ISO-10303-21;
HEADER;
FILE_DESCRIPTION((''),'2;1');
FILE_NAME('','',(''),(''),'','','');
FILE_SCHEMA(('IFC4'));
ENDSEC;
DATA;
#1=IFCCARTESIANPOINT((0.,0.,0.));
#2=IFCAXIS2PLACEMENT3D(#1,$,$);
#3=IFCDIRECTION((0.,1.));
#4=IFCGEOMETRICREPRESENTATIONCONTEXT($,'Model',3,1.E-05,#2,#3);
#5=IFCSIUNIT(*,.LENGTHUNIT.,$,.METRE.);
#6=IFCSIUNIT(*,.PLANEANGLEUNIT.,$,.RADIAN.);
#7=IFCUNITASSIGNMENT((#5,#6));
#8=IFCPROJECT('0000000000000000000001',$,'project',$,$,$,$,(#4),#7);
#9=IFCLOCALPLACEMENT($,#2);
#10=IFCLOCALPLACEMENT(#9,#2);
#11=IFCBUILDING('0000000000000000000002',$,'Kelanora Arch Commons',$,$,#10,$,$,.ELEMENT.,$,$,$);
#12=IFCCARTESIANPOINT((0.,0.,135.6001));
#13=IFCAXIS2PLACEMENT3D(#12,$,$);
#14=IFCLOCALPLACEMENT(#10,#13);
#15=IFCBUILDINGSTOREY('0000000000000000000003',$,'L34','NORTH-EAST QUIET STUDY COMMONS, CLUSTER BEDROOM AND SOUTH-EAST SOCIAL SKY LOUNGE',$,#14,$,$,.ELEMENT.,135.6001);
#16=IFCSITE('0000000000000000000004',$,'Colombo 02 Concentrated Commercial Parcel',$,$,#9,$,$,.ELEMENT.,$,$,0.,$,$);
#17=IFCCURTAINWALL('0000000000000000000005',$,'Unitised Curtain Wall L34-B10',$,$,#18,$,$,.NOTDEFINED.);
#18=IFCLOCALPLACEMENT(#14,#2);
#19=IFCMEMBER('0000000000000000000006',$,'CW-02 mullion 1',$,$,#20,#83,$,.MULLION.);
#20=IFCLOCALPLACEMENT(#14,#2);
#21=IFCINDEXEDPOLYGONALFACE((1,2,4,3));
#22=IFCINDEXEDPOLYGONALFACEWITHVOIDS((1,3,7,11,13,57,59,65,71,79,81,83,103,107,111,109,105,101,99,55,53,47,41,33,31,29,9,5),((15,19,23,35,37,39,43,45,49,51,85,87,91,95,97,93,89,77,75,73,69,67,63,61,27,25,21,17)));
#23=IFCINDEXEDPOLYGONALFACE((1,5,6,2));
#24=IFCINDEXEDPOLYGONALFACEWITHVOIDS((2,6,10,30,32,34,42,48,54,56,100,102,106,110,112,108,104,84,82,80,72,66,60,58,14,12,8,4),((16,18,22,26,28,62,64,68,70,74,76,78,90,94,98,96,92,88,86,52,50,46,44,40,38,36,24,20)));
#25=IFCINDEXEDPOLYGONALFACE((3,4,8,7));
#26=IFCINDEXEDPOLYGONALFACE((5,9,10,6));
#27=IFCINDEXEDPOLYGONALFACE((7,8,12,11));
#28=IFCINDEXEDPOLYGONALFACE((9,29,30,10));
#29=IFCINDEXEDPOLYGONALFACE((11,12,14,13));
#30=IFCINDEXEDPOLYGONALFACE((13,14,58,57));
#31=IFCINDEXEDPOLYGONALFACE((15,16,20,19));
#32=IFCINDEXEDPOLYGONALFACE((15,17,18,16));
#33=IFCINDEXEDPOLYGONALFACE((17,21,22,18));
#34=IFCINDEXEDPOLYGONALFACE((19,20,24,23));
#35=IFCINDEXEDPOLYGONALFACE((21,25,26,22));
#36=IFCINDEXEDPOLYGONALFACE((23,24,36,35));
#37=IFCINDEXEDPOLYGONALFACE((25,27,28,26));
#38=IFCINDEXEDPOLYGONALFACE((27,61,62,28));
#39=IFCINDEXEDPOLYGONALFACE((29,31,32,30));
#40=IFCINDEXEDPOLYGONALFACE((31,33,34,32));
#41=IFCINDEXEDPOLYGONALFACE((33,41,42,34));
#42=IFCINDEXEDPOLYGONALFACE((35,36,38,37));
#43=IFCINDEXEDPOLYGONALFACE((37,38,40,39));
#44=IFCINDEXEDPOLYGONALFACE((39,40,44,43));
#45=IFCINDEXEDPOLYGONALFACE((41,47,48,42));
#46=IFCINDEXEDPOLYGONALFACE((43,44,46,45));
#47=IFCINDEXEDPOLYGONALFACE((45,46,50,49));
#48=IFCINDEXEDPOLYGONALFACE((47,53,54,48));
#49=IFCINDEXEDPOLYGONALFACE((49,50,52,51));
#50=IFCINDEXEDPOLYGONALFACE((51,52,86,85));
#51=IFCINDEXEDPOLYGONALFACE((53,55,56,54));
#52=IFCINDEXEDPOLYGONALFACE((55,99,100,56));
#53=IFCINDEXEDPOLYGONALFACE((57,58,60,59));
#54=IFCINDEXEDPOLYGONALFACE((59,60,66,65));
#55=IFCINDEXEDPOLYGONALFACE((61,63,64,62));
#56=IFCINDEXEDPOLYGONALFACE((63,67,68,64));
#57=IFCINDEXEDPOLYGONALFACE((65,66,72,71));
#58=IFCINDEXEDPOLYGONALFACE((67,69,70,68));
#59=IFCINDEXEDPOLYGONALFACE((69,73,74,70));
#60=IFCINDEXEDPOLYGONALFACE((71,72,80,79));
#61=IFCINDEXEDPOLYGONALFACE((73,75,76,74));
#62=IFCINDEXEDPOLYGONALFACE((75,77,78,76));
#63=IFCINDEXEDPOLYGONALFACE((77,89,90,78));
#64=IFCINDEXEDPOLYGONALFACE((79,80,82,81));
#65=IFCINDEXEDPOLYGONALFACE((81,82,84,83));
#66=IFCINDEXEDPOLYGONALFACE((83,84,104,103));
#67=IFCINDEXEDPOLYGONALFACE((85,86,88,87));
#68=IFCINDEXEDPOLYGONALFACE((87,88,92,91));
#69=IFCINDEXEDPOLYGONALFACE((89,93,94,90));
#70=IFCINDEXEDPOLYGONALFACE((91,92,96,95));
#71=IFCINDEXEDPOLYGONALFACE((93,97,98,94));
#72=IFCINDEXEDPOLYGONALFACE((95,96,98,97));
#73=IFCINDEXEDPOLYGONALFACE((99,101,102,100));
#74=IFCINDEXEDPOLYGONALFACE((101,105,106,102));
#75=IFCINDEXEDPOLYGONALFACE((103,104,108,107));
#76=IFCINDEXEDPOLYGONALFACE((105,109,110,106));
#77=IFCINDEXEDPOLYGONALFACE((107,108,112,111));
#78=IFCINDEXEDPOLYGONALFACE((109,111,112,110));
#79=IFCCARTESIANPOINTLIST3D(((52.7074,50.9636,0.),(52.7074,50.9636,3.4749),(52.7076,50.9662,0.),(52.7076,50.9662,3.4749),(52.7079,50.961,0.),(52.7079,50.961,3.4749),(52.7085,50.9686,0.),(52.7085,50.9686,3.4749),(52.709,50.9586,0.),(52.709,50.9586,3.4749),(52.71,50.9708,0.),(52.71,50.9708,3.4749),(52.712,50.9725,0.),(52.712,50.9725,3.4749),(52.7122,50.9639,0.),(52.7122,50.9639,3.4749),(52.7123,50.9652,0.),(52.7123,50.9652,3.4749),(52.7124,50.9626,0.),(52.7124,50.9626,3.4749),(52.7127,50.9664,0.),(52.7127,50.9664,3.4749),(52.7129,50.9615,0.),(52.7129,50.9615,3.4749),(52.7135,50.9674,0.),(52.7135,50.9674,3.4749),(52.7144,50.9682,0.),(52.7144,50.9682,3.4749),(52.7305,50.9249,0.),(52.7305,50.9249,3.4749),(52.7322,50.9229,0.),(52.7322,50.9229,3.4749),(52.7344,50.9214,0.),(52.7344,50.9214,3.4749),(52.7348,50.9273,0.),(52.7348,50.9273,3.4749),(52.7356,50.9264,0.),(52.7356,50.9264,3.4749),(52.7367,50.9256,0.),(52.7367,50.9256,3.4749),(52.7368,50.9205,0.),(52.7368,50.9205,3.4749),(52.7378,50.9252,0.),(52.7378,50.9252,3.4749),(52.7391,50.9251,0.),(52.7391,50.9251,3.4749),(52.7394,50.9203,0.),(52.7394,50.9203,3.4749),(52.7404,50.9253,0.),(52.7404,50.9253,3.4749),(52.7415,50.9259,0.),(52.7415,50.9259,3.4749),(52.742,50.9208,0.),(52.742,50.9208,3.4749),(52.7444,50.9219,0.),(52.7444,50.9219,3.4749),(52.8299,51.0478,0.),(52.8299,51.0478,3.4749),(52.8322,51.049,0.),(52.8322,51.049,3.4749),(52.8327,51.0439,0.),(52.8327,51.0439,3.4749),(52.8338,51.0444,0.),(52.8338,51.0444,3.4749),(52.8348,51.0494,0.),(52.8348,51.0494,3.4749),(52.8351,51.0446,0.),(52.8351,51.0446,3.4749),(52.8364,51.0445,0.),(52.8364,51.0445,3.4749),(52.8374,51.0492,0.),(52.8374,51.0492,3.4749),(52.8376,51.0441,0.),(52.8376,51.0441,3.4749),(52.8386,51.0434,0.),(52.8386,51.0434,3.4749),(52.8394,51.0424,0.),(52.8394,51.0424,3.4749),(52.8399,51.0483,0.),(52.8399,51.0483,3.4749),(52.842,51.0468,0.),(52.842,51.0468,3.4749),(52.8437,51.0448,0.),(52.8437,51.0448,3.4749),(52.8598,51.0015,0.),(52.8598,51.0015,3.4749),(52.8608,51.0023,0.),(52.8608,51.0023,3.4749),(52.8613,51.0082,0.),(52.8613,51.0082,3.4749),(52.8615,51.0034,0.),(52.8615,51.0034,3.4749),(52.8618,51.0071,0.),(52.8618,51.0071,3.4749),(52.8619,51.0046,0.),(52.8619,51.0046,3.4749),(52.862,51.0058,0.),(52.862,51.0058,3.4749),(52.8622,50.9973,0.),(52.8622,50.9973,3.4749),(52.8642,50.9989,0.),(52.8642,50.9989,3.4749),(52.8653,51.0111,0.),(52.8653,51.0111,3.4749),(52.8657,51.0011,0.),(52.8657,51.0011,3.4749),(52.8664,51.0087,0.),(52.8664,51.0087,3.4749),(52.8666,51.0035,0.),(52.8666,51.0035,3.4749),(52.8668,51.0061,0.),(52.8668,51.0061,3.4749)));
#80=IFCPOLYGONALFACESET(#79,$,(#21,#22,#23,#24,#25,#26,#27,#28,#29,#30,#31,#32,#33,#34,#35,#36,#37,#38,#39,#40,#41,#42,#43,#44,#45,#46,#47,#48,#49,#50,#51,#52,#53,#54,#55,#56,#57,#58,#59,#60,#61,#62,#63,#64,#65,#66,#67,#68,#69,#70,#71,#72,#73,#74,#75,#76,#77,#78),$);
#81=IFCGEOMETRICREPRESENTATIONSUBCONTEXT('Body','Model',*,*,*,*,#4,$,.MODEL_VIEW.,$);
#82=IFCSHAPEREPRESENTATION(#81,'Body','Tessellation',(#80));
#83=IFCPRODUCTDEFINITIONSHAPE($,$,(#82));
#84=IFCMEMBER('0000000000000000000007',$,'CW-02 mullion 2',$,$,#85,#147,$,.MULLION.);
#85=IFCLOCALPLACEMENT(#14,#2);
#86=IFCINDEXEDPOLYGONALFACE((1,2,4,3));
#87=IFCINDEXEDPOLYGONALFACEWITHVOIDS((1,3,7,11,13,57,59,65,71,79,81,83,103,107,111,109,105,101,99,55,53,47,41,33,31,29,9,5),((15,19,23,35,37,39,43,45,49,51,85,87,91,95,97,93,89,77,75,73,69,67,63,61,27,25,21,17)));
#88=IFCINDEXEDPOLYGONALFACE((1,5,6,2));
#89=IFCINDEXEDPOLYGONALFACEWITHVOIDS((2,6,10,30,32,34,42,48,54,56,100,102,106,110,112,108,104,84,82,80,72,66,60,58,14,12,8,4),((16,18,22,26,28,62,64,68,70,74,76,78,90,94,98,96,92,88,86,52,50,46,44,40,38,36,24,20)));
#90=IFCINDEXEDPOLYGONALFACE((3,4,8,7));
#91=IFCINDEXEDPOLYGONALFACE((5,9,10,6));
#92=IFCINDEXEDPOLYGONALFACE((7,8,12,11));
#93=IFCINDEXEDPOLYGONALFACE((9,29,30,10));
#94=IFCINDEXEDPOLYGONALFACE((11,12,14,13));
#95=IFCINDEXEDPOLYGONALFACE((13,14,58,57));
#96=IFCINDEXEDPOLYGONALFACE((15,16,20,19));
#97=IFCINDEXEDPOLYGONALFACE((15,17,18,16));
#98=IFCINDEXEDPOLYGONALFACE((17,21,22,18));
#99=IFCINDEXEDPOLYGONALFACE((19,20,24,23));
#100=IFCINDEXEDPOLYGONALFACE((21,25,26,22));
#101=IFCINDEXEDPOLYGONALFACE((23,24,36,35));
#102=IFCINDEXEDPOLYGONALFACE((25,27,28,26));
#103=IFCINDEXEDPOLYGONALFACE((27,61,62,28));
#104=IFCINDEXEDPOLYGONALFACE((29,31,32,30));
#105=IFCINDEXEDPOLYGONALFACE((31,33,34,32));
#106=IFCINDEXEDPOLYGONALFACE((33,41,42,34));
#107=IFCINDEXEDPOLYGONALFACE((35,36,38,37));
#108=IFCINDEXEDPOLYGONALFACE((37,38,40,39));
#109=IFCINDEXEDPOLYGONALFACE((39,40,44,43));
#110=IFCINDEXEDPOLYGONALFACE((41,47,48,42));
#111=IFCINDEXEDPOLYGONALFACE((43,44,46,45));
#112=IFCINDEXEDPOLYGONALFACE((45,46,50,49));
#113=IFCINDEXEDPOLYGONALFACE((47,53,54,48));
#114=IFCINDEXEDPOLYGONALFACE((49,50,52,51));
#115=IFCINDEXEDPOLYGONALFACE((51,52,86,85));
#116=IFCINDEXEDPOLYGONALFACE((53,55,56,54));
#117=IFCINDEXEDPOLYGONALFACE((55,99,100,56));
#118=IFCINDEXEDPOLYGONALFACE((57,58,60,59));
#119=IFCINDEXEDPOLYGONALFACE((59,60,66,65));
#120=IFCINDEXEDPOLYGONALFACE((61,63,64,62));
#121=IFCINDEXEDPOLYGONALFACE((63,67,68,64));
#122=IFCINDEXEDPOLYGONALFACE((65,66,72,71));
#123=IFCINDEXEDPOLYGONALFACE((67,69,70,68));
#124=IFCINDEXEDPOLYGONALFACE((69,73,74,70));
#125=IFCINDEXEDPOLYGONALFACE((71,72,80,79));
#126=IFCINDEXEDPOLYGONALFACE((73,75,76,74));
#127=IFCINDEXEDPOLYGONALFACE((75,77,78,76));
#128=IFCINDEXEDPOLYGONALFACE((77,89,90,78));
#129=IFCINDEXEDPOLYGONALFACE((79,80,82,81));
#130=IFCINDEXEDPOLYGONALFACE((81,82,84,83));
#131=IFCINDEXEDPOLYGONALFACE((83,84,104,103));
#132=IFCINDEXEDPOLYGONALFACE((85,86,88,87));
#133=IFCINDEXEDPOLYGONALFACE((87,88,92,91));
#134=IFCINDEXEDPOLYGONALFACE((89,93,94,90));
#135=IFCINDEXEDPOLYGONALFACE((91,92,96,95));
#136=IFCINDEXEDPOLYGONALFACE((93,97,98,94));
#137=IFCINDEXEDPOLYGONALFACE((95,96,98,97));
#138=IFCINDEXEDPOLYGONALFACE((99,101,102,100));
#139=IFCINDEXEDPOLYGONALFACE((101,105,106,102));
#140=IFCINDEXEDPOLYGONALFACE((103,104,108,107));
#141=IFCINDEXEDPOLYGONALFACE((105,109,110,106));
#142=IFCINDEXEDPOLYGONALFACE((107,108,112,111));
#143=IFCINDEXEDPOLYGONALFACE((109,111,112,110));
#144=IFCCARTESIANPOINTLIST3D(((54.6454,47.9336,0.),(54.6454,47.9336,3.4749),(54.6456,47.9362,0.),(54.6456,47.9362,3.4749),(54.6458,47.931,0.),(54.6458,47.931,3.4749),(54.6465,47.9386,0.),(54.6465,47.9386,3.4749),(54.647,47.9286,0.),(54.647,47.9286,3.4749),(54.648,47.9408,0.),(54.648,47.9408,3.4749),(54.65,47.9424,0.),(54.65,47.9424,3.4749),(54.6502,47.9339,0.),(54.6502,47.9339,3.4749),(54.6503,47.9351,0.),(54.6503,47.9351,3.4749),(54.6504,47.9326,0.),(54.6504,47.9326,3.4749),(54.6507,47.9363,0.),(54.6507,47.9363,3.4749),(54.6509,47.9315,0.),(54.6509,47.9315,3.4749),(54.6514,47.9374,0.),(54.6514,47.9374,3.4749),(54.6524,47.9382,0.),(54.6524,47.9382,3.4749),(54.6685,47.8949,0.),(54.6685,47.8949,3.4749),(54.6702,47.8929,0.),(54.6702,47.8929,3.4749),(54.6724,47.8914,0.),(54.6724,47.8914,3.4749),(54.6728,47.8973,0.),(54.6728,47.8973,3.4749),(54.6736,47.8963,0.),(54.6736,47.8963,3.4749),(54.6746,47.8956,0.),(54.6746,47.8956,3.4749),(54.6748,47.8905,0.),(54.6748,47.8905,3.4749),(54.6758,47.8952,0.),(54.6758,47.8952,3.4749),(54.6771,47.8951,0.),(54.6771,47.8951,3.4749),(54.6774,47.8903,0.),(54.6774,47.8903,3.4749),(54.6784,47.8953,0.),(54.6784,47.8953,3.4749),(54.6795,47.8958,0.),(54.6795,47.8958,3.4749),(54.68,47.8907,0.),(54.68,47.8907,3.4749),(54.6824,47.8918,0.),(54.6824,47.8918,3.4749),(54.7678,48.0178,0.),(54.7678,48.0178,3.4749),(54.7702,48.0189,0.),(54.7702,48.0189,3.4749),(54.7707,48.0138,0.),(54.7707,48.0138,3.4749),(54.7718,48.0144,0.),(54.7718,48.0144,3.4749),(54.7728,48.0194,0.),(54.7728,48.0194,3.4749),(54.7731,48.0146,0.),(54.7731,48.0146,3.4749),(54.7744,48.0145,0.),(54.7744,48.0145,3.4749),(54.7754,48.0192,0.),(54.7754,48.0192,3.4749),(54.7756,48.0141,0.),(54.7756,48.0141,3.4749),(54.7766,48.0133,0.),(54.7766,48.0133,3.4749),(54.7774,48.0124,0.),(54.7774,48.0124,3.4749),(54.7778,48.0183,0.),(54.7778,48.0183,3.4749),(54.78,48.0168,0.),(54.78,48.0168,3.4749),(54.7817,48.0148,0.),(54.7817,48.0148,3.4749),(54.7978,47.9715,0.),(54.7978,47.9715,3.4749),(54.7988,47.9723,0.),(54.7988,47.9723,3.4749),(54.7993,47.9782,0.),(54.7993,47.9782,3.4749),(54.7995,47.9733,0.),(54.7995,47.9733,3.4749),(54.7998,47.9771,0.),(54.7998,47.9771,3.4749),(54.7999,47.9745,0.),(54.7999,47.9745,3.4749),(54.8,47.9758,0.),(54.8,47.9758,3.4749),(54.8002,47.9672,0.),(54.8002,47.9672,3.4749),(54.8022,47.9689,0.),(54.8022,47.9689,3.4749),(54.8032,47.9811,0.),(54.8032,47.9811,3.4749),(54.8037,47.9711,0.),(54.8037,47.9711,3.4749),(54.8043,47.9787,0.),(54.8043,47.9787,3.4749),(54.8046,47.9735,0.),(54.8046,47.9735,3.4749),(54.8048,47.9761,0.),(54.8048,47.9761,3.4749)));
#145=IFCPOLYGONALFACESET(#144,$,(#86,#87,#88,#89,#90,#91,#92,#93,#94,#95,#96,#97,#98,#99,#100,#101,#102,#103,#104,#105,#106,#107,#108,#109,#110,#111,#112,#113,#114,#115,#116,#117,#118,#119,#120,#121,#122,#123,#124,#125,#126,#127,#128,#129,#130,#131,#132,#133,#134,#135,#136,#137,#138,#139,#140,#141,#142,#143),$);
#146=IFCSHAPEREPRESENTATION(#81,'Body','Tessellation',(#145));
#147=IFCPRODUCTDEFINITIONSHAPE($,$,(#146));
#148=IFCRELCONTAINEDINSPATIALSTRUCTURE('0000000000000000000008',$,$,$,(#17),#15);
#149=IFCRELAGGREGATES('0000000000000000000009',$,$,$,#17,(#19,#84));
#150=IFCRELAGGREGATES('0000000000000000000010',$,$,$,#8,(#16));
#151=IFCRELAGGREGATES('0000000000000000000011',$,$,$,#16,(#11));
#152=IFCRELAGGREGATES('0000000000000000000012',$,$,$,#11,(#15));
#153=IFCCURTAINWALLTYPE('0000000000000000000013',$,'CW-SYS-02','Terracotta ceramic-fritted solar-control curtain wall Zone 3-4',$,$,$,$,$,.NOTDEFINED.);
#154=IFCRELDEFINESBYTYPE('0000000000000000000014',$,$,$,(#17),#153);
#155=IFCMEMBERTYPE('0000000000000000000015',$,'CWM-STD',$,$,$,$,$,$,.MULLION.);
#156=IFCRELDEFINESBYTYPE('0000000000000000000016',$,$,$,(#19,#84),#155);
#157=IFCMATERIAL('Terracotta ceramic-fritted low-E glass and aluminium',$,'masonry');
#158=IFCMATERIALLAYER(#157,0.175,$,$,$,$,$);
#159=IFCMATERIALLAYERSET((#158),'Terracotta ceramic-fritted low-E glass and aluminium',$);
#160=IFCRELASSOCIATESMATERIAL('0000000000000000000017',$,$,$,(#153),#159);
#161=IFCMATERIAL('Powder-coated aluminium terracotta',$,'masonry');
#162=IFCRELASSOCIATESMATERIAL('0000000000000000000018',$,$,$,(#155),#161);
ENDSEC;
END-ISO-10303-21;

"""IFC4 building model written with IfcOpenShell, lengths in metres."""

from ifc_helpers import new_model, si_unit, direction, frame, origin, origin_2d, place, context, subcontext, project, spatial, hollow_rectangle, extrude, material, layer, layer_set, material_profile, profile_set, type_object, element, aggregate, save


model = new_model("IFC4")

# Units and contexts
model_context = context("Model", 3, precision=1e-05, world=origin(), true_north=direction((0.0, 1.0)))
body_context = subcontext(model_context, "Body", "Model", "MODEL_VIEW")
ifc_project = project(units=[si_unit("LENGTHUNIT", "METRE"), si_unit("PLANEANGLEUNIT", "RADIAN")], contexts=[model_context])

# Site, building, storey
site_placement = place(None, origin())
site = spatial("IfcSite", under=ifc_project, at=site_placement, Name="Colombo 02 Concentrated Commercial Parcel", CompositionType="ELEMENT", RefElevation=0.0)
building_placement = place(site_placement, origin())
building = spatial("IfcBuilding", under=site, at=building_placement, Name="Kelanora Arch Commons", CompositionType="ELEMENT")
storey_placement = place(building_placement, frame((0.0, 0.0, 135.6001)))
storey = spatial("IfcBuildingStorey", under=building, at=storey_placement, Name="L34", Description="NORTH-EAST QUIET STUDY COMMONS, CLUSTER BEDROOM AND SOUTH-EAST SOCIAL SKY LOUNGE", CompositionType="ELEMENT", Elevation=135.6001)

# Curtain wall, members
ifc_material_1 = material(Name="Terracotta ceramic-fritted low-E glass and aluminium", Category="masonry")
ifc_layer_1 = layer(ifc_material_1, 0.175)
ifc_layer_set_1 = layer_set([ifc_layer_1], Name="Terracotta ceramic-fritted low-E glass and aluminium")
curtain_wall_type = type_object("IfcCurtainWallType", Name="CW-SYS-02", Description="Terracotta ceramic-fritted solar-control curtain wall Zone 3-4", PredefinedType="NOTDEFINED", material=ifc_layer_set_1)
curtain_wall_placement = place(storey_placement, origin())
curtain_wall = element("IfcCurtainWall", 1, at=curtain_wall_placement, inside=storey, type_object=curtain_wall_type, Name="Unitised Curtain Wall L34-B10", PredefinedType="NOTDEFINED")
ifc_material_2 = material(Name="Powder-coated aluminium terracotta", Category="masonry")
ifc_material_profile_1 = material_profile(ifc_material_2, hollow_rectangle(XDim=0.1599, YDim=0.0601, WallThickness=0.0049, InnerFilletRadius=0.0049, OuterFilletRadius=0.01, at=origin_2d()), Name="CWM160x60")
ifc_profile_set_1 = profile_set([ifc_material_profile_1], Name="Powder-coated aluminium terracotta")
member_type_1 = type_object("IfcMemberType", Name="CWM-STD", PredefinedType="MULLION", material=ifc_profile_set_1)
member_1_placement = place(storey_placement, frame((52.7871, 50.9849, 0.0), z_axis=(0.0, 0.0, 1.0), x_axis=(0.842423, 0.538817, 0.0)))
member_1 = element("IfcMember", 2, at=member_1_placement, type_object=member_type_1, Name="CW-02 mullion 1", PredefinedType="MULLION", context=body_context, shape_type="SweptSolid", body=[
    extrude(hollow_rectangle(XDim=0.1599, YDim=0.0601, WallThickness=0.0049, InnerFilletRadius=0.0049, OuterFilletRadius=0.01, at=origin_2d()), origin(), (0.0, 0.0, 1.0), 3.4749),
])
member_2_placement = place(storey_placement, frame((54.7251, 47.9548, 0.0), z_axis=(0.0, 0.0, 1.0), x_axis=(0.842423, 0.538817, 0.0)))
member_2 = element("IfcMember", 3, at=member_2_placement, type_object=member_type_1, Name="CW-02 mullion 2", PredefinedType="MULLION", context=body_context, shape_type="SweptSolid", body=[
    extrude(hollow_rectangle(XDim=0.1599, YDim=0.0601, WallThickness=0.0049, InnerFilletRadius=0.0049, OuterFilletRadius=0.01, at=origin_2d()), origin(), (0.0, 0.0, 1.0), 3.4749),
])

aggregate(curtain_wall, [member_1, member_2])

save(model, "model.ifc")
